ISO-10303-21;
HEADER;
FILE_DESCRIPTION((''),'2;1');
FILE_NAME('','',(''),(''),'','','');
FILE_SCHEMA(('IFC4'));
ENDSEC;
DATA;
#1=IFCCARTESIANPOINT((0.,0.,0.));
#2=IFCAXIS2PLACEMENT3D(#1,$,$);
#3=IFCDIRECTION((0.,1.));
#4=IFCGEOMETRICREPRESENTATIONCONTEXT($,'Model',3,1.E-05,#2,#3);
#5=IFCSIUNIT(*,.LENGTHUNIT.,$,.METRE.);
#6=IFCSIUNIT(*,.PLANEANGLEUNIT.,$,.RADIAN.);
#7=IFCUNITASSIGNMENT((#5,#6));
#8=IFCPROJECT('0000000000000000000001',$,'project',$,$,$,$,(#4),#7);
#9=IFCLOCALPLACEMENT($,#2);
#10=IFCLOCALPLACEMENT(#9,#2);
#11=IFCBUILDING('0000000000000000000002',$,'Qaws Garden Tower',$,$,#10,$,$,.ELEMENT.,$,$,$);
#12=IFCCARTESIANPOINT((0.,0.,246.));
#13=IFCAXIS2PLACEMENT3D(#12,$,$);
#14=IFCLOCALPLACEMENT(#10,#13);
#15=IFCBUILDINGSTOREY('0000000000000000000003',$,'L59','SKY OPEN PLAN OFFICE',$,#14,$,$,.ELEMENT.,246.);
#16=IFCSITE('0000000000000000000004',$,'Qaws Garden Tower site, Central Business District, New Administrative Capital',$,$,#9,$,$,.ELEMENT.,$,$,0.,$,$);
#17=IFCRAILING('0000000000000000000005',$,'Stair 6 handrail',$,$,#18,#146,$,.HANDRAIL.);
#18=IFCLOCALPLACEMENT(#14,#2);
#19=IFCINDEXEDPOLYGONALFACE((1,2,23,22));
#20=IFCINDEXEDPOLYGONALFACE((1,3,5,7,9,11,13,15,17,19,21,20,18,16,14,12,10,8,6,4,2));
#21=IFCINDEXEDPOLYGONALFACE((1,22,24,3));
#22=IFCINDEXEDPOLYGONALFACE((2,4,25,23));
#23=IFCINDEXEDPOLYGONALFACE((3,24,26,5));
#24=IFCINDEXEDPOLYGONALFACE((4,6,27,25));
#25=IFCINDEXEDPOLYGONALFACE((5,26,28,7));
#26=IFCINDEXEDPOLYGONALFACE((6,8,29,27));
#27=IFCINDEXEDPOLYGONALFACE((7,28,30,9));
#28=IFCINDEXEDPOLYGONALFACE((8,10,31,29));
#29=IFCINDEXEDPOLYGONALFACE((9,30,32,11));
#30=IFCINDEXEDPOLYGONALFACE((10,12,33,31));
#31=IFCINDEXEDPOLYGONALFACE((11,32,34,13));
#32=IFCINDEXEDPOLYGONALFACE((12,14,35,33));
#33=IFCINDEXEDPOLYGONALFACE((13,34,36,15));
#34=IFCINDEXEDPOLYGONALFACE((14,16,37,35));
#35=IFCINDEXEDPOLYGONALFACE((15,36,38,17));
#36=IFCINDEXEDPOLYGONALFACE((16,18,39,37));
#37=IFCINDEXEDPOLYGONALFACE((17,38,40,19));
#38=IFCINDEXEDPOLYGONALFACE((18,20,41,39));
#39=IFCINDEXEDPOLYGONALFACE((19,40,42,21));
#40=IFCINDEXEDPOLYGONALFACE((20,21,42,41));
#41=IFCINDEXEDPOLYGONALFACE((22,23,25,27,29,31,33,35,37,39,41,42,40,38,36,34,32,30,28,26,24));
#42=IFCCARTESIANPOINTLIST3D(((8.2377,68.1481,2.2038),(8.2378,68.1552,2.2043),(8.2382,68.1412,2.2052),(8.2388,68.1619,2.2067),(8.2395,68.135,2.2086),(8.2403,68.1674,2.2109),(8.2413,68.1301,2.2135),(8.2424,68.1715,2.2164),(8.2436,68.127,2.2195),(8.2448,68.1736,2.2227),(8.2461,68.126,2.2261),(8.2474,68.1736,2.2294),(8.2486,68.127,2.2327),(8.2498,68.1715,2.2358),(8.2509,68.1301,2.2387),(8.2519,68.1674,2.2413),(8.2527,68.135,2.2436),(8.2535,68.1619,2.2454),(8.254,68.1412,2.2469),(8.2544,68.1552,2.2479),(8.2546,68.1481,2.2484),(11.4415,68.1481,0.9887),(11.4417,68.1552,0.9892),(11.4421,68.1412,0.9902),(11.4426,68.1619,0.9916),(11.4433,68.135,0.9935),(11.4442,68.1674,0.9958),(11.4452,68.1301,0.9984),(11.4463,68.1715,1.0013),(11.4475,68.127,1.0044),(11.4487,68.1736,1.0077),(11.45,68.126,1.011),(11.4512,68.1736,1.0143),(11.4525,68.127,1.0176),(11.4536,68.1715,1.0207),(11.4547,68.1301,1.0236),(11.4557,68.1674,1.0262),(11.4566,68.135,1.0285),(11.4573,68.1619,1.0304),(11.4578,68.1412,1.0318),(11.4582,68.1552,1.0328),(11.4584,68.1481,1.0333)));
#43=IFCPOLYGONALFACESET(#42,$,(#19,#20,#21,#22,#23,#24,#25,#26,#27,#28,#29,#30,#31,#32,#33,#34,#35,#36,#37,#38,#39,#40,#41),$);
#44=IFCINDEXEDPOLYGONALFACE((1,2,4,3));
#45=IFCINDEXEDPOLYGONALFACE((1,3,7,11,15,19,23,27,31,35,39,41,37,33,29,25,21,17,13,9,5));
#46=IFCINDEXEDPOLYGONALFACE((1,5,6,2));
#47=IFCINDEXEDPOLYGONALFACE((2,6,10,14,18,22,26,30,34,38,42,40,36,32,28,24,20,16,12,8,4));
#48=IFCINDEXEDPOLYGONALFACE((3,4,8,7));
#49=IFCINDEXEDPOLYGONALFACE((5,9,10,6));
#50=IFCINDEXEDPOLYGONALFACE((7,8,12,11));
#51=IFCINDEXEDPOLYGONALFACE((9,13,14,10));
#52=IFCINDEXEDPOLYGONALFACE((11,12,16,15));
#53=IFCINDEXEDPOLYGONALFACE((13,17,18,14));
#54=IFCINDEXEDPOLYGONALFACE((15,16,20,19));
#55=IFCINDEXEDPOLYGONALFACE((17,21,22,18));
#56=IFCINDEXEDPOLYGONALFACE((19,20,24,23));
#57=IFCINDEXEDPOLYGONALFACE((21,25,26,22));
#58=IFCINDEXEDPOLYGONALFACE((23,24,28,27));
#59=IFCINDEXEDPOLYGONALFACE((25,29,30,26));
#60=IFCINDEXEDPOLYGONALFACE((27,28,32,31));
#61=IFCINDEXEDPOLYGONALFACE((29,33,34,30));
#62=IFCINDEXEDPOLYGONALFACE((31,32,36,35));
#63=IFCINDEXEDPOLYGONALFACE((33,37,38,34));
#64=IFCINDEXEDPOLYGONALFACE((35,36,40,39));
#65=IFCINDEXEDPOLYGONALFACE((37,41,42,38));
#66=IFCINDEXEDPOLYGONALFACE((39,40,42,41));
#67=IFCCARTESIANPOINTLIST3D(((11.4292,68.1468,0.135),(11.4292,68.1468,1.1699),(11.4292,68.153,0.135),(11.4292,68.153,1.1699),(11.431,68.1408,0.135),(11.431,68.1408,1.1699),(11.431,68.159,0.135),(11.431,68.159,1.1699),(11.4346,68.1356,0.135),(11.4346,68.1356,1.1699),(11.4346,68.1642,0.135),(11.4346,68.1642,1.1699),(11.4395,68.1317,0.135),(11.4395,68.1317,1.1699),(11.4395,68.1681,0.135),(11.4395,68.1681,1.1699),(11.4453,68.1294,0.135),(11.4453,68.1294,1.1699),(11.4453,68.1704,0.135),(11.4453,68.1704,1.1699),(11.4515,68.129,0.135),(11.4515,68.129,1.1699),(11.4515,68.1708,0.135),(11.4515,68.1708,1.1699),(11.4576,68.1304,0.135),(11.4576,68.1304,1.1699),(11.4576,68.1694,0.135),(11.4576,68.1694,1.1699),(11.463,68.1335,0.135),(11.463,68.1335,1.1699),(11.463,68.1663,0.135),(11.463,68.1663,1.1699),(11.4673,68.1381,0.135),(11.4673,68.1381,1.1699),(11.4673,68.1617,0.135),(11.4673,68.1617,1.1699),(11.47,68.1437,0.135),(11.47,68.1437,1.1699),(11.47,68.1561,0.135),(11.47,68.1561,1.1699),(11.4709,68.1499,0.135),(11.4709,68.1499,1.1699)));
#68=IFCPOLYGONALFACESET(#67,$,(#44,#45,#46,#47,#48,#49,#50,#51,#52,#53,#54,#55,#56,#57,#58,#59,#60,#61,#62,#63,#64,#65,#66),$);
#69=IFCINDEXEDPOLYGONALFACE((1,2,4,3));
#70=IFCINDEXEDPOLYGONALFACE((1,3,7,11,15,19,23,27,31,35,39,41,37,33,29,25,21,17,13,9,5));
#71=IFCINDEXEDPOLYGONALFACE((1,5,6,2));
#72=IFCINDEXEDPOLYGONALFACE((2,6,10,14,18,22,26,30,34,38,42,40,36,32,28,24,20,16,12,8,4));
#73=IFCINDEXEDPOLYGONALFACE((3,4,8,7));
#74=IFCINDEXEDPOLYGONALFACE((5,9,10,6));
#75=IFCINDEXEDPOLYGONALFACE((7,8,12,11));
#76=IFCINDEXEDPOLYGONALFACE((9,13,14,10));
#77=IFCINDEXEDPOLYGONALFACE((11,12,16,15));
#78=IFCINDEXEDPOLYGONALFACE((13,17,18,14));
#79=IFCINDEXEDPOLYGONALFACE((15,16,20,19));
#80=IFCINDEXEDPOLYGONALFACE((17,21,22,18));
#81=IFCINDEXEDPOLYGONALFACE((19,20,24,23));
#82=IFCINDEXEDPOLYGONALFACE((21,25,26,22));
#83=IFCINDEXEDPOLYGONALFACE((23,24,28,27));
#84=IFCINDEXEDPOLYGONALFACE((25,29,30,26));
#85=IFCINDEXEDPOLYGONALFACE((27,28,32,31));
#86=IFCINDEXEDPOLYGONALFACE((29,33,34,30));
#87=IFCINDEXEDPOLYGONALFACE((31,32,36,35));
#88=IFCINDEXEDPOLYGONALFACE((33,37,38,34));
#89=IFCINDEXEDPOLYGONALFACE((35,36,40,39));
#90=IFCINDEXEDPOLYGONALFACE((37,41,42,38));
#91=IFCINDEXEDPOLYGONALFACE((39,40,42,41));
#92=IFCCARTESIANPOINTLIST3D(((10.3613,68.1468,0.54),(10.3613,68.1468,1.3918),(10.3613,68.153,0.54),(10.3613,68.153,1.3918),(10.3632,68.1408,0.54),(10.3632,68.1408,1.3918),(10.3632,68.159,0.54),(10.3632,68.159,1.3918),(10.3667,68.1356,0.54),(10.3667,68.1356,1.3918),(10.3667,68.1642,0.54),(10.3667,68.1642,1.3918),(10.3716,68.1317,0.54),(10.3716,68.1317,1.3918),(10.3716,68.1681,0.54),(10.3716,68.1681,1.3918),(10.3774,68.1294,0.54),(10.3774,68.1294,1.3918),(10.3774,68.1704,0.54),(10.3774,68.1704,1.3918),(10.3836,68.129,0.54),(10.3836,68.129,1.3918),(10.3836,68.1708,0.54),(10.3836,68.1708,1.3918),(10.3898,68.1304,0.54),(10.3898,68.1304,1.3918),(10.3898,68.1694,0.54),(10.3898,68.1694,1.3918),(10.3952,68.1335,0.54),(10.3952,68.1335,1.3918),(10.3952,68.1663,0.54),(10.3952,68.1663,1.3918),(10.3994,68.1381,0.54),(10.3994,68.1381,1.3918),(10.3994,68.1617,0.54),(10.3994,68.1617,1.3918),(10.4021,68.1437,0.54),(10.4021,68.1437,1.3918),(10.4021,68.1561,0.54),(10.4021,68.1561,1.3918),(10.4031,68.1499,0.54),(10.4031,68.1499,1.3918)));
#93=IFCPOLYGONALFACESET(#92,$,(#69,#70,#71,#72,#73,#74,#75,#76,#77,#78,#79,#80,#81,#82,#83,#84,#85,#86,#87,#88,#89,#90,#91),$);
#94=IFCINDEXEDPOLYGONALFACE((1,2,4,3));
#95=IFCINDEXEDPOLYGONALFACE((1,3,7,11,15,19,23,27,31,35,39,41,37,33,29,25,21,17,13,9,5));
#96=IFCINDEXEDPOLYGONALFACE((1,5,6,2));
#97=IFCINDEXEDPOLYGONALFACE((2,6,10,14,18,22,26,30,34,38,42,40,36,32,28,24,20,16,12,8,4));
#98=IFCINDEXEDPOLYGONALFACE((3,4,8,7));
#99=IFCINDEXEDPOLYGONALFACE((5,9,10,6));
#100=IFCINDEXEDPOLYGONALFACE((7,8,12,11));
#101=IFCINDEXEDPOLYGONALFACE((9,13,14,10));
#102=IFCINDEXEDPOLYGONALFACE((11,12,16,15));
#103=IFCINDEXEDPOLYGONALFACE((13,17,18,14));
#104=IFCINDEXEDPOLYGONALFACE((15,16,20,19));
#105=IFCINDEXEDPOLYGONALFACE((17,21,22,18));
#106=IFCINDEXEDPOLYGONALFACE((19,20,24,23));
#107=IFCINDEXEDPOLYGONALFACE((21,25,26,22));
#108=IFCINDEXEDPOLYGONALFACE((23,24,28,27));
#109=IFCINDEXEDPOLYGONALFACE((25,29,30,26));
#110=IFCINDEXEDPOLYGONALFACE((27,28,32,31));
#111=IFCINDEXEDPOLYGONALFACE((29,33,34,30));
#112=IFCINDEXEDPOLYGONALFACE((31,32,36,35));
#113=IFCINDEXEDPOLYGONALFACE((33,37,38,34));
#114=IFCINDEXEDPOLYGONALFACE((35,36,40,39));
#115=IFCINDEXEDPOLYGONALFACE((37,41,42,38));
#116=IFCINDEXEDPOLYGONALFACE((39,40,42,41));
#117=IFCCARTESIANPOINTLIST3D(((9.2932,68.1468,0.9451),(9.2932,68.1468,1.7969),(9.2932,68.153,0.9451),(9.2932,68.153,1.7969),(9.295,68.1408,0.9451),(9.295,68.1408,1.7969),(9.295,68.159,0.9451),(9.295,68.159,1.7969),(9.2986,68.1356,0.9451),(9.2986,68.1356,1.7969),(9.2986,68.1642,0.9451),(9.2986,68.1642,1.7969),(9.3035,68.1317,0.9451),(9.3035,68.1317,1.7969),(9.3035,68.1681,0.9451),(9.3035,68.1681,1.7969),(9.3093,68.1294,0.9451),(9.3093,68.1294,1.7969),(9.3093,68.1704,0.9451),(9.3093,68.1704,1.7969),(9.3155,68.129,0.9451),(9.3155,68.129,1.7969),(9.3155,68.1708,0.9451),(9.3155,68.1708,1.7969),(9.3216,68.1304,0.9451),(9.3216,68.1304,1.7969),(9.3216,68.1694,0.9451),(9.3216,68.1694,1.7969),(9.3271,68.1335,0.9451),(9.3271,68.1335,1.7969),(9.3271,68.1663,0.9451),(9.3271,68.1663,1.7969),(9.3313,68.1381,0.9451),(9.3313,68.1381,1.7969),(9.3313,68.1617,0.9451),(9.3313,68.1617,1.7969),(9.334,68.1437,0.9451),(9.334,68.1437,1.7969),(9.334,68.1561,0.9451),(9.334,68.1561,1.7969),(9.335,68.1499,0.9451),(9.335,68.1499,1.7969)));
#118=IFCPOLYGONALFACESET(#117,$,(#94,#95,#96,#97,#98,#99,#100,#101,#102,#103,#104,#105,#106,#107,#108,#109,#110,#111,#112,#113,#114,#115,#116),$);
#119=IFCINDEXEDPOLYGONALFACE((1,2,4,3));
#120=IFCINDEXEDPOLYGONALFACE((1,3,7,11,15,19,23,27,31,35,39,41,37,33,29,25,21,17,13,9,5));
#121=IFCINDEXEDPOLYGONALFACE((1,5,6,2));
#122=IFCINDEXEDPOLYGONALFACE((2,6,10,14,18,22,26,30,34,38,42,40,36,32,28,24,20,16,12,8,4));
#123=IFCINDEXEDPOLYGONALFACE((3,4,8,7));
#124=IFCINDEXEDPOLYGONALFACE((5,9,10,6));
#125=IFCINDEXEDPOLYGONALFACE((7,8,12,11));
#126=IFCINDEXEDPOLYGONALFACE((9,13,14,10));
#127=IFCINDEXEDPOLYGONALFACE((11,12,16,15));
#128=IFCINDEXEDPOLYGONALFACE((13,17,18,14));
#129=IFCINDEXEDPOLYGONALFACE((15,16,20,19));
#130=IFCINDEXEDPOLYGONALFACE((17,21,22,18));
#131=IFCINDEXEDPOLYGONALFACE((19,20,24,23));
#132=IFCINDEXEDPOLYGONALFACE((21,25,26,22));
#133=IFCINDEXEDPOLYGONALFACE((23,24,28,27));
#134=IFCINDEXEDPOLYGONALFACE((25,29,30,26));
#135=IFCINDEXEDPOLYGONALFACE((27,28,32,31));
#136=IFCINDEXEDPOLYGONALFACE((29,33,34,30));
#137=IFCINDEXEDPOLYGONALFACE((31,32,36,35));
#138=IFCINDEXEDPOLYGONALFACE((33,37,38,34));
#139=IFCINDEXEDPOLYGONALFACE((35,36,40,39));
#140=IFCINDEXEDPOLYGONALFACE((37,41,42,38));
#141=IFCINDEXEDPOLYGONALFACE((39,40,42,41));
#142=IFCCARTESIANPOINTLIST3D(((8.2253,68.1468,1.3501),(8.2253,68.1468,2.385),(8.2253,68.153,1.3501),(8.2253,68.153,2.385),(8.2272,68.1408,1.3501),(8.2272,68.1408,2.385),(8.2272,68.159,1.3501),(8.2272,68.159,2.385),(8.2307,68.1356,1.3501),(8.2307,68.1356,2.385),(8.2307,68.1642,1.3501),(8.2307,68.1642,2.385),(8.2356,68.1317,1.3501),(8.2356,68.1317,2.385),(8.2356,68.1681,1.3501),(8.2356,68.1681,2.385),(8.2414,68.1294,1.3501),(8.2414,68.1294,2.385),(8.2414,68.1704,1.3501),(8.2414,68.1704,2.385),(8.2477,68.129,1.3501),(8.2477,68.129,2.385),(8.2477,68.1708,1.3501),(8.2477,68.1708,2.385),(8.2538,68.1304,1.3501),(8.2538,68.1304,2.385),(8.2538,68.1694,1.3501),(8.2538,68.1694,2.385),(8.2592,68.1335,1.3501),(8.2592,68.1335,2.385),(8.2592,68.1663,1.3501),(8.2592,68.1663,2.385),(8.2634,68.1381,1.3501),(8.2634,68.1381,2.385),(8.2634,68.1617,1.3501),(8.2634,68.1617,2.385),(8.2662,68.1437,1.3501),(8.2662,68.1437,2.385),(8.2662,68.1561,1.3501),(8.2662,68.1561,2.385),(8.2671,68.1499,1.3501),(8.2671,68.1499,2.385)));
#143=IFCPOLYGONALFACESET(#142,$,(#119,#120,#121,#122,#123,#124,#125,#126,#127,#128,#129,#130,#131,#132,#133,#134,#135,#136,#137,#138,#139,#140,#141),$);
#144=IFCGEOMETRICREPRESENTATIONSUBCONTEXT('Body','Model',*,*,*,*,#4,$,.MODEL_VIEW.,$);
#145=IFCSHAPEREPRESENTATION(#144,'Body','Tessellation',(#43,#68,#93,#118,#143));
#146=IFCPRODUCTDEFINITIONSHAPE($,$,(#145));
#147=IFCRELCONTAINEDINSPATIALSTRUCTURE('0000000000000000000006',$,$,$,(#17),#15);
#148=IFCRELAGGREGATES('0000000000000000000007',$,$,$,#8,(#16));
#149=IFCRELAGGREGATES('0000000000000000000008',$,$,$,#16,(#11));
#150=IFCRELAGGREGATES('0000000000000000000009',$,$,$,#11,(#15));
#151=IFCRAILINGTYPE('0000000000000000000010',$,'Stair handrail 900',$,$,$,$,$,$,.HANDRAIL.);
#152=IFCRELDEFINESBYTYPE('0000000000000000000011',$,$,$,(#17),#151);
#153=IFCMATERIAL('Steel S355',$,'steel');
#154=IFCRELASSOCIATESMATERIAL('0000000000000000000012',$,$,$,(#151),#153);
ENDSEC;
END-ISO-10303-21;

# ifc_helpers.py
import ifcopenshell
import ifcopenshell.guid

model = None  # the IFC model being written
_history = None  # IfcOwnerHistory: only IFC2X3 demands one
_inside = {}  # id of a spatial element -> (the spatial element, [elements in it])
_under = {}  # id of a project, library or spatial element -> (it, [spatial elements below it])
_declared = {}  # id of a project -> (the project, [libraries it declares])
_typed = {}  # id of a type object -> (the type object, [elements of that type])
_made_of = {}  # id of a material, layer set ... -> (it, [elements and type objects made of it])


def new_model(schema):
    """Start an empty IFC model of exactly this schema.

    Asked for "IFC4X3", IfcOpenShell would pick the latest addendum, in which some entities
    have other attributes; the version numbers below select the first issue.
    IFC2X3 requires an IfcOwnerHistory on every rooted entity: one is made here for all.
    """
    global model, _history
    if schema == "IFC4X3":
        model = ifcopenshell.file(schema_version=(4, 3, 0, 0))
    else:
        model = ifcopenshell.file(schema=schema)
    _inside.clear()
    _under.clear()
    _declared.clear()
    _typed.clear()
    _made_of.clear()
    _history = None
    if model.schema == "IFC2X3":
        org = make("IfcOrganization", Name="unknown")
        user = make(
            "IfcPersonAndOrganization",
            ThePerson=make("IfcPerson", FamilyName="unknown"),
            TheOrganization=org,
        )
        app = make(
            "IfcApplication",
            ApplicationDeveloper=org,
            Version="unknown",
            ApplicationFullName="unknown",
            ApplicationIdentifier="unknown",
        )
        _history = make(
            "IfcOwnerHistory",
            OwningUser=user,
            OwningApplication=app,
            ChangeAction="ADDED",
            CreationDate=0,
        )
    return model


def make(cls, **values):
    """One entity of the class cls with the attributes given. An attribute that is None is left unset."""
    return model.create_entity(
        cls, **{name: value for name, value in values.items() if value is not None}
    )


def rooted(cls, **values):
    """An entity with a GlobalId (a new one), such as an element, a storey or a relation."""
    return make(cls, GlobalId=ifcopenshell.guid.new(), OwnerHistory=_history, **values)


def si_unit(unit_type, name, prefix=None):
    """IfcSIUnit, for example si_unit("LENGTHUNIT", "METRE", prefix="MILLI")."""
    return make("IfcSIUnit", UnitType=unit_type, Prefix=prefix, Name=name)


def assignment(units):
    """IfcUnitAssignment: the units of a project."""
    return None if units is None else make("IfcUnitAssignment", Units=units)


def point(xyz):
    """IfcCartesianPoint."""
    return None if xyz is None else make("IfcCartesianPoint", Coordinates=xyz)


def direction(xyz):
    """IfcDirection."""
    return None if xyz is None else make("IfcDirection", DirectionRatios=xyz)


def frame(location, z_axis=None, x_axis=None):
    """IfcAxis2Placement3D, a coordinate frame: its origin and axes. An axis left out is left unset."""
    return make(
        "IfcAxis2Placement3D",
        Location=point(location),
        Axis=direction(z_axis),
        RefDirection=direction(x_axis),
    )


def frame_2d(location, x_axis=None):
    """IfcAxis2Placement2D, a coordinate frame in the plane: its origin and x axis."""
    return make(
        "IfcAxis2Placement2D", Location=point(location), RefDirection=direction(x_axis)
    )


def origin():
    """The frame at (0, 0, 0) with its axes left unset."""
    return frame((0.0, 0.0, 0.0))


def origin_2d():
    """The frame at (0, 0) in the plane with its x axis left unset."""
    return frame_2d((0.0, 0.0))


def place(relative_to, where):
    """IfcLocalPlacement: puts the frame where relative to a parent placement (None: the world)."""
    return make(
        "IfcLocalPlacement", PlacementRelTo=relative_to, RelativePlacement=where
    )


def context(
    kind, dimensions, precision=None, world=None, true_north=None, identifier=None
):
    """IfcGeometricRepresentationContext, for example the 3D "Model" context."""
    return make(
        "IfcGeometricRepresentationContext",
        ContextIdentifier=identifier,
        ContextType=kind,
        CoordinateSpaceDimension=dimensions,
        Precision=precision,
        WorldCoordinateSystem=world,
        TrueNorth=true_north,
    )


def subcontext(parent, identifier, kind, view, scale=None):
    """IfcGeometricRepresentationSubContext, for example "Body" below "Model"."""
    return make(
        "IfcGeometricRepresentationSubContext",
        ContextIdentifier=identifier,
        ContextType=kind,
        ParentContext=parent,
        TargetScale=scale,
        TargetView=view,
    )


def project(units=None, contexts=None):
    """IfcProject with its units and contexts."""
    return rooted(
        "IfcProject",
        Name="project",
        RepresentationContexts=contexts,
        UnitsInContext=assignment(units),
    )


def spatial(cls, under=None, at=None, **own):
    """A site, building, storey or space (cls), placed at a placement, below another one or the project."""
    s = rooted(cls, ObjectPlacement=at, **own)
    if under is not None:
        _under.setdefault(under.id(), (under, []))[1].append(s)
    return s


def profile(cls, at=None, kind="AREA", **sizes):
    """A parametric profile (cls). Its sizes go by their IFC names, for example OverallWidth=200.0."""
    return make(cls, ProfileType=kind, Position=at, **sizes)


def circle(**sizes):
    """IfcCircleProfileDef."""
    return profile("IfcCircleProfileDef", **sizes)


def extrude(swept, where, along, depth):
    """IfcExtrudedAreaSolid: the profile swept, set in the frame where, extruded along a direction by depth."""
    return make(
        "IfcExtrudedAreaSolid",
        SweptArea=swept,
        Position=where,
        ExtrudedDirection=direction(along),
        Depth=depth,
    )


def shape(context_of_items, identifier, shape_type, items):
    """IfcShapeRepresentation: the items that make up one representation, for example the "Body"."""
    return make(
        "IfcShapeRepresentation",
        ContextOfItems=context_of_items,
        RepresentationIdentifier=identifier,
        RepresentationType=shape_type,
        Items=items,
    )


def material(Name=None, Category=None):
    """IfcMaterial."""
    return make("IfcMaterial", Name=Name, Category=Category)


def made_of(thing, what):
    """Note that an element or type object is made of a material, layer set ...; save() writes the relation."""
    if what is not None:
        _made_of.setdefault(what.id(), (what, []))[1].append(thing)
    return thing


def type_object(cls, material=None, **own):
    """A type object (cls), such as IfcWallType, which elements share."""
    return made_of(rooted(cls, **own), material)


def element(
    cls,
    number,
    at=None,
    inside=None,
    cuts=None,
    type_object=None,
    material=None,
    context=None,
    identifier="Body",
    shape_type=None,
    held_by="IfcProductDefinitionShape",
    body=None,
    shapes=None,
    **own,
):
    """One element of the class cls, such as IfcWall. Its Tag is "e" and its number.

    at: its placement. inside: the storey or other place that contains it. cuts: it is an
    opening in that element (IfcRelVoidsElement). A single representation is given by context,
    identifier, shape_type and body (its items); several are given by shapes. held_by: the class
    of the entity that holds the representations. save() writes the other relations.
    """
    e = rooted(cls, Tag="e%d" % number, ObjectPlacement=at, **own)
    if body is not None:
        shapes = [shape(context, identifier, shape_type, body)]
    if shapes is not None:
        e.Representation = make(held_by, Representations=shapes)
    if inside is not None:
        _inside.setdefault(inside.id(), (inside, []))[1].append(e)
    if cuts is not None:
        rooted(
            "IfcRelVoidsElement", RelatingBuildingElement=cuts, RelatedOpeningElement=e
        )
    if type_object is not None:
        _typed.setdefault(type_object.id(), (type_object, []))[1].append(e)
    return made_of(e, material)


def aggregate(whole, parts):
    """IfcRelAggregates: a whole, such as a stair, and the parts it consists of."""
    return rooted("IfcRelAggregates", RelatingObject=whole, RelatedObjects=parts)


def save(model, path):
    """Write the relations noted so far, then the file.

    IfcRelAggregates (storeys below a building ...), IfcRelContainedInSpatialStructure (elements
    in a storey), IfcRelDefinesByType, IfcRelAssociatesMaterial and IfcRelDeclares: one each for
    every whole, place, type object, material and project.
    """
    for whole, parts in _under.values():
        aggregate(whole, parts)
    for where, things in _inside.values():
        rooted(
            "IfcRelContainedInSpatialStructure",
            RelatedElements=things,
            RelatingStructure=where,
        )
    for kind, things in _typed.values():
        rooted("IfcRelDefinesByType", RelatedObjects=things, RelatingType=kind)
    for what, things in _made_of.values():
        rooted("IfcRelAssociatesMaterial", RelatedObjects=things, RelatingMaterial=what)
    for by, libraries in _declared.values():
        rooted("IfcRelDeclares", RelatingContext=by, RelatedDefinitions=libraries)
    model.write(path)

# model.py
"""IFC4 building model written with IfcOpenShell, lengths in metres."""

from ifc_helpers import new_model, si_unit, direction, frame, origin, origin_2d, place, context, subcontext, project, spatial, circle, extrude, material, type_object, element, save


model = new_model("IFC4")

# Units and contexts
model_context = context("Model", 3, precision=1e-05, world=origin(), true_north=direction((0.0, 1.0)))
body_context = subcontext(model_context, "Body", "Model", "MODEL_VIEW")
ifc_project = project(units=[si_unit("LENGTHUNIT", "METRE"), si_unit("PLANEANGLEUNIT", "RADIAN")], contexts=[model_context])

# Site, building, storey
site_placement = place(None, origin())
site = spatial("IfcSite", under=ifc_project, at=site_placement, Name="Qaws Garden Tower site, Central Business District, New Administrative Capital", CompositionType="ELEMENT", RefElevation=0.0)
building_placement = place(site_placement, origin())
building = spatial("IfcBuilding", under=site, at=building_placement, Name="Qaws Garden Tower", CompositionType="ELEMENT")
storey_placement = place(building_placement, frame((0.0, 0.0, 246.0)))
storey = spatial("IfcBuildingStorey", under=building, at=storey_placement, Name="L59", Description="SKY OPEN PLAN OFFICE", CompositionType="ELEMENT", Elevation=246.0)

# Railing
ifc_material_1 = material(Name="Steel S355", Category="steel")
railing_type = type_object("IfcRailingType", Name="Stair handrail 900", PredefinedType="HANDRAIL", material=ifc_material_1)
railing_1_placement = place(storey_placement, frame((11.45, 68.1499, 0.135)))
element("IfcRailing", 1, at=railing_1_placement, inside=storey, type_object=railing_type, Name="Stair 6 handrail", PredefinedType="HANDRAIL", context=body_context, shape_type="SweptSolid", body=[
    extrude(circle(Radius=0.0239, at=origin_2d()), frame((0.0, 0.0, 0.876), z_axis=(-0.935014, 0.0, 0.354611), x_axis=(0.0, -1.0, 0.0)), (0.0, 0.0, 1.0), 3.4265),
    extrude(circle(Radius=0.021, at=origin_2d()), origin(), (0.0, 0.0, 1.0), 1.0349),
    extrude(circle(Radius=0.021, at=origin_2d()), frame((-1.0679, 0.0, 0.405)), (0.0, 0.0, 1.0), 0.8518),
    extrude(circle(Radius=0.021, at=origin_2d()), frame((-2.136, 0.0, 0.8101)), (0.0, 0.0, 1.0), 0.8518),
    extrude(circle(Radius=0.021, at=origin_2d()), frame((-3.2039, 0.0, 1.2151)), (0.0, 0.0, 1.0), 1.0349),
])

save(model, "model.ifc")
